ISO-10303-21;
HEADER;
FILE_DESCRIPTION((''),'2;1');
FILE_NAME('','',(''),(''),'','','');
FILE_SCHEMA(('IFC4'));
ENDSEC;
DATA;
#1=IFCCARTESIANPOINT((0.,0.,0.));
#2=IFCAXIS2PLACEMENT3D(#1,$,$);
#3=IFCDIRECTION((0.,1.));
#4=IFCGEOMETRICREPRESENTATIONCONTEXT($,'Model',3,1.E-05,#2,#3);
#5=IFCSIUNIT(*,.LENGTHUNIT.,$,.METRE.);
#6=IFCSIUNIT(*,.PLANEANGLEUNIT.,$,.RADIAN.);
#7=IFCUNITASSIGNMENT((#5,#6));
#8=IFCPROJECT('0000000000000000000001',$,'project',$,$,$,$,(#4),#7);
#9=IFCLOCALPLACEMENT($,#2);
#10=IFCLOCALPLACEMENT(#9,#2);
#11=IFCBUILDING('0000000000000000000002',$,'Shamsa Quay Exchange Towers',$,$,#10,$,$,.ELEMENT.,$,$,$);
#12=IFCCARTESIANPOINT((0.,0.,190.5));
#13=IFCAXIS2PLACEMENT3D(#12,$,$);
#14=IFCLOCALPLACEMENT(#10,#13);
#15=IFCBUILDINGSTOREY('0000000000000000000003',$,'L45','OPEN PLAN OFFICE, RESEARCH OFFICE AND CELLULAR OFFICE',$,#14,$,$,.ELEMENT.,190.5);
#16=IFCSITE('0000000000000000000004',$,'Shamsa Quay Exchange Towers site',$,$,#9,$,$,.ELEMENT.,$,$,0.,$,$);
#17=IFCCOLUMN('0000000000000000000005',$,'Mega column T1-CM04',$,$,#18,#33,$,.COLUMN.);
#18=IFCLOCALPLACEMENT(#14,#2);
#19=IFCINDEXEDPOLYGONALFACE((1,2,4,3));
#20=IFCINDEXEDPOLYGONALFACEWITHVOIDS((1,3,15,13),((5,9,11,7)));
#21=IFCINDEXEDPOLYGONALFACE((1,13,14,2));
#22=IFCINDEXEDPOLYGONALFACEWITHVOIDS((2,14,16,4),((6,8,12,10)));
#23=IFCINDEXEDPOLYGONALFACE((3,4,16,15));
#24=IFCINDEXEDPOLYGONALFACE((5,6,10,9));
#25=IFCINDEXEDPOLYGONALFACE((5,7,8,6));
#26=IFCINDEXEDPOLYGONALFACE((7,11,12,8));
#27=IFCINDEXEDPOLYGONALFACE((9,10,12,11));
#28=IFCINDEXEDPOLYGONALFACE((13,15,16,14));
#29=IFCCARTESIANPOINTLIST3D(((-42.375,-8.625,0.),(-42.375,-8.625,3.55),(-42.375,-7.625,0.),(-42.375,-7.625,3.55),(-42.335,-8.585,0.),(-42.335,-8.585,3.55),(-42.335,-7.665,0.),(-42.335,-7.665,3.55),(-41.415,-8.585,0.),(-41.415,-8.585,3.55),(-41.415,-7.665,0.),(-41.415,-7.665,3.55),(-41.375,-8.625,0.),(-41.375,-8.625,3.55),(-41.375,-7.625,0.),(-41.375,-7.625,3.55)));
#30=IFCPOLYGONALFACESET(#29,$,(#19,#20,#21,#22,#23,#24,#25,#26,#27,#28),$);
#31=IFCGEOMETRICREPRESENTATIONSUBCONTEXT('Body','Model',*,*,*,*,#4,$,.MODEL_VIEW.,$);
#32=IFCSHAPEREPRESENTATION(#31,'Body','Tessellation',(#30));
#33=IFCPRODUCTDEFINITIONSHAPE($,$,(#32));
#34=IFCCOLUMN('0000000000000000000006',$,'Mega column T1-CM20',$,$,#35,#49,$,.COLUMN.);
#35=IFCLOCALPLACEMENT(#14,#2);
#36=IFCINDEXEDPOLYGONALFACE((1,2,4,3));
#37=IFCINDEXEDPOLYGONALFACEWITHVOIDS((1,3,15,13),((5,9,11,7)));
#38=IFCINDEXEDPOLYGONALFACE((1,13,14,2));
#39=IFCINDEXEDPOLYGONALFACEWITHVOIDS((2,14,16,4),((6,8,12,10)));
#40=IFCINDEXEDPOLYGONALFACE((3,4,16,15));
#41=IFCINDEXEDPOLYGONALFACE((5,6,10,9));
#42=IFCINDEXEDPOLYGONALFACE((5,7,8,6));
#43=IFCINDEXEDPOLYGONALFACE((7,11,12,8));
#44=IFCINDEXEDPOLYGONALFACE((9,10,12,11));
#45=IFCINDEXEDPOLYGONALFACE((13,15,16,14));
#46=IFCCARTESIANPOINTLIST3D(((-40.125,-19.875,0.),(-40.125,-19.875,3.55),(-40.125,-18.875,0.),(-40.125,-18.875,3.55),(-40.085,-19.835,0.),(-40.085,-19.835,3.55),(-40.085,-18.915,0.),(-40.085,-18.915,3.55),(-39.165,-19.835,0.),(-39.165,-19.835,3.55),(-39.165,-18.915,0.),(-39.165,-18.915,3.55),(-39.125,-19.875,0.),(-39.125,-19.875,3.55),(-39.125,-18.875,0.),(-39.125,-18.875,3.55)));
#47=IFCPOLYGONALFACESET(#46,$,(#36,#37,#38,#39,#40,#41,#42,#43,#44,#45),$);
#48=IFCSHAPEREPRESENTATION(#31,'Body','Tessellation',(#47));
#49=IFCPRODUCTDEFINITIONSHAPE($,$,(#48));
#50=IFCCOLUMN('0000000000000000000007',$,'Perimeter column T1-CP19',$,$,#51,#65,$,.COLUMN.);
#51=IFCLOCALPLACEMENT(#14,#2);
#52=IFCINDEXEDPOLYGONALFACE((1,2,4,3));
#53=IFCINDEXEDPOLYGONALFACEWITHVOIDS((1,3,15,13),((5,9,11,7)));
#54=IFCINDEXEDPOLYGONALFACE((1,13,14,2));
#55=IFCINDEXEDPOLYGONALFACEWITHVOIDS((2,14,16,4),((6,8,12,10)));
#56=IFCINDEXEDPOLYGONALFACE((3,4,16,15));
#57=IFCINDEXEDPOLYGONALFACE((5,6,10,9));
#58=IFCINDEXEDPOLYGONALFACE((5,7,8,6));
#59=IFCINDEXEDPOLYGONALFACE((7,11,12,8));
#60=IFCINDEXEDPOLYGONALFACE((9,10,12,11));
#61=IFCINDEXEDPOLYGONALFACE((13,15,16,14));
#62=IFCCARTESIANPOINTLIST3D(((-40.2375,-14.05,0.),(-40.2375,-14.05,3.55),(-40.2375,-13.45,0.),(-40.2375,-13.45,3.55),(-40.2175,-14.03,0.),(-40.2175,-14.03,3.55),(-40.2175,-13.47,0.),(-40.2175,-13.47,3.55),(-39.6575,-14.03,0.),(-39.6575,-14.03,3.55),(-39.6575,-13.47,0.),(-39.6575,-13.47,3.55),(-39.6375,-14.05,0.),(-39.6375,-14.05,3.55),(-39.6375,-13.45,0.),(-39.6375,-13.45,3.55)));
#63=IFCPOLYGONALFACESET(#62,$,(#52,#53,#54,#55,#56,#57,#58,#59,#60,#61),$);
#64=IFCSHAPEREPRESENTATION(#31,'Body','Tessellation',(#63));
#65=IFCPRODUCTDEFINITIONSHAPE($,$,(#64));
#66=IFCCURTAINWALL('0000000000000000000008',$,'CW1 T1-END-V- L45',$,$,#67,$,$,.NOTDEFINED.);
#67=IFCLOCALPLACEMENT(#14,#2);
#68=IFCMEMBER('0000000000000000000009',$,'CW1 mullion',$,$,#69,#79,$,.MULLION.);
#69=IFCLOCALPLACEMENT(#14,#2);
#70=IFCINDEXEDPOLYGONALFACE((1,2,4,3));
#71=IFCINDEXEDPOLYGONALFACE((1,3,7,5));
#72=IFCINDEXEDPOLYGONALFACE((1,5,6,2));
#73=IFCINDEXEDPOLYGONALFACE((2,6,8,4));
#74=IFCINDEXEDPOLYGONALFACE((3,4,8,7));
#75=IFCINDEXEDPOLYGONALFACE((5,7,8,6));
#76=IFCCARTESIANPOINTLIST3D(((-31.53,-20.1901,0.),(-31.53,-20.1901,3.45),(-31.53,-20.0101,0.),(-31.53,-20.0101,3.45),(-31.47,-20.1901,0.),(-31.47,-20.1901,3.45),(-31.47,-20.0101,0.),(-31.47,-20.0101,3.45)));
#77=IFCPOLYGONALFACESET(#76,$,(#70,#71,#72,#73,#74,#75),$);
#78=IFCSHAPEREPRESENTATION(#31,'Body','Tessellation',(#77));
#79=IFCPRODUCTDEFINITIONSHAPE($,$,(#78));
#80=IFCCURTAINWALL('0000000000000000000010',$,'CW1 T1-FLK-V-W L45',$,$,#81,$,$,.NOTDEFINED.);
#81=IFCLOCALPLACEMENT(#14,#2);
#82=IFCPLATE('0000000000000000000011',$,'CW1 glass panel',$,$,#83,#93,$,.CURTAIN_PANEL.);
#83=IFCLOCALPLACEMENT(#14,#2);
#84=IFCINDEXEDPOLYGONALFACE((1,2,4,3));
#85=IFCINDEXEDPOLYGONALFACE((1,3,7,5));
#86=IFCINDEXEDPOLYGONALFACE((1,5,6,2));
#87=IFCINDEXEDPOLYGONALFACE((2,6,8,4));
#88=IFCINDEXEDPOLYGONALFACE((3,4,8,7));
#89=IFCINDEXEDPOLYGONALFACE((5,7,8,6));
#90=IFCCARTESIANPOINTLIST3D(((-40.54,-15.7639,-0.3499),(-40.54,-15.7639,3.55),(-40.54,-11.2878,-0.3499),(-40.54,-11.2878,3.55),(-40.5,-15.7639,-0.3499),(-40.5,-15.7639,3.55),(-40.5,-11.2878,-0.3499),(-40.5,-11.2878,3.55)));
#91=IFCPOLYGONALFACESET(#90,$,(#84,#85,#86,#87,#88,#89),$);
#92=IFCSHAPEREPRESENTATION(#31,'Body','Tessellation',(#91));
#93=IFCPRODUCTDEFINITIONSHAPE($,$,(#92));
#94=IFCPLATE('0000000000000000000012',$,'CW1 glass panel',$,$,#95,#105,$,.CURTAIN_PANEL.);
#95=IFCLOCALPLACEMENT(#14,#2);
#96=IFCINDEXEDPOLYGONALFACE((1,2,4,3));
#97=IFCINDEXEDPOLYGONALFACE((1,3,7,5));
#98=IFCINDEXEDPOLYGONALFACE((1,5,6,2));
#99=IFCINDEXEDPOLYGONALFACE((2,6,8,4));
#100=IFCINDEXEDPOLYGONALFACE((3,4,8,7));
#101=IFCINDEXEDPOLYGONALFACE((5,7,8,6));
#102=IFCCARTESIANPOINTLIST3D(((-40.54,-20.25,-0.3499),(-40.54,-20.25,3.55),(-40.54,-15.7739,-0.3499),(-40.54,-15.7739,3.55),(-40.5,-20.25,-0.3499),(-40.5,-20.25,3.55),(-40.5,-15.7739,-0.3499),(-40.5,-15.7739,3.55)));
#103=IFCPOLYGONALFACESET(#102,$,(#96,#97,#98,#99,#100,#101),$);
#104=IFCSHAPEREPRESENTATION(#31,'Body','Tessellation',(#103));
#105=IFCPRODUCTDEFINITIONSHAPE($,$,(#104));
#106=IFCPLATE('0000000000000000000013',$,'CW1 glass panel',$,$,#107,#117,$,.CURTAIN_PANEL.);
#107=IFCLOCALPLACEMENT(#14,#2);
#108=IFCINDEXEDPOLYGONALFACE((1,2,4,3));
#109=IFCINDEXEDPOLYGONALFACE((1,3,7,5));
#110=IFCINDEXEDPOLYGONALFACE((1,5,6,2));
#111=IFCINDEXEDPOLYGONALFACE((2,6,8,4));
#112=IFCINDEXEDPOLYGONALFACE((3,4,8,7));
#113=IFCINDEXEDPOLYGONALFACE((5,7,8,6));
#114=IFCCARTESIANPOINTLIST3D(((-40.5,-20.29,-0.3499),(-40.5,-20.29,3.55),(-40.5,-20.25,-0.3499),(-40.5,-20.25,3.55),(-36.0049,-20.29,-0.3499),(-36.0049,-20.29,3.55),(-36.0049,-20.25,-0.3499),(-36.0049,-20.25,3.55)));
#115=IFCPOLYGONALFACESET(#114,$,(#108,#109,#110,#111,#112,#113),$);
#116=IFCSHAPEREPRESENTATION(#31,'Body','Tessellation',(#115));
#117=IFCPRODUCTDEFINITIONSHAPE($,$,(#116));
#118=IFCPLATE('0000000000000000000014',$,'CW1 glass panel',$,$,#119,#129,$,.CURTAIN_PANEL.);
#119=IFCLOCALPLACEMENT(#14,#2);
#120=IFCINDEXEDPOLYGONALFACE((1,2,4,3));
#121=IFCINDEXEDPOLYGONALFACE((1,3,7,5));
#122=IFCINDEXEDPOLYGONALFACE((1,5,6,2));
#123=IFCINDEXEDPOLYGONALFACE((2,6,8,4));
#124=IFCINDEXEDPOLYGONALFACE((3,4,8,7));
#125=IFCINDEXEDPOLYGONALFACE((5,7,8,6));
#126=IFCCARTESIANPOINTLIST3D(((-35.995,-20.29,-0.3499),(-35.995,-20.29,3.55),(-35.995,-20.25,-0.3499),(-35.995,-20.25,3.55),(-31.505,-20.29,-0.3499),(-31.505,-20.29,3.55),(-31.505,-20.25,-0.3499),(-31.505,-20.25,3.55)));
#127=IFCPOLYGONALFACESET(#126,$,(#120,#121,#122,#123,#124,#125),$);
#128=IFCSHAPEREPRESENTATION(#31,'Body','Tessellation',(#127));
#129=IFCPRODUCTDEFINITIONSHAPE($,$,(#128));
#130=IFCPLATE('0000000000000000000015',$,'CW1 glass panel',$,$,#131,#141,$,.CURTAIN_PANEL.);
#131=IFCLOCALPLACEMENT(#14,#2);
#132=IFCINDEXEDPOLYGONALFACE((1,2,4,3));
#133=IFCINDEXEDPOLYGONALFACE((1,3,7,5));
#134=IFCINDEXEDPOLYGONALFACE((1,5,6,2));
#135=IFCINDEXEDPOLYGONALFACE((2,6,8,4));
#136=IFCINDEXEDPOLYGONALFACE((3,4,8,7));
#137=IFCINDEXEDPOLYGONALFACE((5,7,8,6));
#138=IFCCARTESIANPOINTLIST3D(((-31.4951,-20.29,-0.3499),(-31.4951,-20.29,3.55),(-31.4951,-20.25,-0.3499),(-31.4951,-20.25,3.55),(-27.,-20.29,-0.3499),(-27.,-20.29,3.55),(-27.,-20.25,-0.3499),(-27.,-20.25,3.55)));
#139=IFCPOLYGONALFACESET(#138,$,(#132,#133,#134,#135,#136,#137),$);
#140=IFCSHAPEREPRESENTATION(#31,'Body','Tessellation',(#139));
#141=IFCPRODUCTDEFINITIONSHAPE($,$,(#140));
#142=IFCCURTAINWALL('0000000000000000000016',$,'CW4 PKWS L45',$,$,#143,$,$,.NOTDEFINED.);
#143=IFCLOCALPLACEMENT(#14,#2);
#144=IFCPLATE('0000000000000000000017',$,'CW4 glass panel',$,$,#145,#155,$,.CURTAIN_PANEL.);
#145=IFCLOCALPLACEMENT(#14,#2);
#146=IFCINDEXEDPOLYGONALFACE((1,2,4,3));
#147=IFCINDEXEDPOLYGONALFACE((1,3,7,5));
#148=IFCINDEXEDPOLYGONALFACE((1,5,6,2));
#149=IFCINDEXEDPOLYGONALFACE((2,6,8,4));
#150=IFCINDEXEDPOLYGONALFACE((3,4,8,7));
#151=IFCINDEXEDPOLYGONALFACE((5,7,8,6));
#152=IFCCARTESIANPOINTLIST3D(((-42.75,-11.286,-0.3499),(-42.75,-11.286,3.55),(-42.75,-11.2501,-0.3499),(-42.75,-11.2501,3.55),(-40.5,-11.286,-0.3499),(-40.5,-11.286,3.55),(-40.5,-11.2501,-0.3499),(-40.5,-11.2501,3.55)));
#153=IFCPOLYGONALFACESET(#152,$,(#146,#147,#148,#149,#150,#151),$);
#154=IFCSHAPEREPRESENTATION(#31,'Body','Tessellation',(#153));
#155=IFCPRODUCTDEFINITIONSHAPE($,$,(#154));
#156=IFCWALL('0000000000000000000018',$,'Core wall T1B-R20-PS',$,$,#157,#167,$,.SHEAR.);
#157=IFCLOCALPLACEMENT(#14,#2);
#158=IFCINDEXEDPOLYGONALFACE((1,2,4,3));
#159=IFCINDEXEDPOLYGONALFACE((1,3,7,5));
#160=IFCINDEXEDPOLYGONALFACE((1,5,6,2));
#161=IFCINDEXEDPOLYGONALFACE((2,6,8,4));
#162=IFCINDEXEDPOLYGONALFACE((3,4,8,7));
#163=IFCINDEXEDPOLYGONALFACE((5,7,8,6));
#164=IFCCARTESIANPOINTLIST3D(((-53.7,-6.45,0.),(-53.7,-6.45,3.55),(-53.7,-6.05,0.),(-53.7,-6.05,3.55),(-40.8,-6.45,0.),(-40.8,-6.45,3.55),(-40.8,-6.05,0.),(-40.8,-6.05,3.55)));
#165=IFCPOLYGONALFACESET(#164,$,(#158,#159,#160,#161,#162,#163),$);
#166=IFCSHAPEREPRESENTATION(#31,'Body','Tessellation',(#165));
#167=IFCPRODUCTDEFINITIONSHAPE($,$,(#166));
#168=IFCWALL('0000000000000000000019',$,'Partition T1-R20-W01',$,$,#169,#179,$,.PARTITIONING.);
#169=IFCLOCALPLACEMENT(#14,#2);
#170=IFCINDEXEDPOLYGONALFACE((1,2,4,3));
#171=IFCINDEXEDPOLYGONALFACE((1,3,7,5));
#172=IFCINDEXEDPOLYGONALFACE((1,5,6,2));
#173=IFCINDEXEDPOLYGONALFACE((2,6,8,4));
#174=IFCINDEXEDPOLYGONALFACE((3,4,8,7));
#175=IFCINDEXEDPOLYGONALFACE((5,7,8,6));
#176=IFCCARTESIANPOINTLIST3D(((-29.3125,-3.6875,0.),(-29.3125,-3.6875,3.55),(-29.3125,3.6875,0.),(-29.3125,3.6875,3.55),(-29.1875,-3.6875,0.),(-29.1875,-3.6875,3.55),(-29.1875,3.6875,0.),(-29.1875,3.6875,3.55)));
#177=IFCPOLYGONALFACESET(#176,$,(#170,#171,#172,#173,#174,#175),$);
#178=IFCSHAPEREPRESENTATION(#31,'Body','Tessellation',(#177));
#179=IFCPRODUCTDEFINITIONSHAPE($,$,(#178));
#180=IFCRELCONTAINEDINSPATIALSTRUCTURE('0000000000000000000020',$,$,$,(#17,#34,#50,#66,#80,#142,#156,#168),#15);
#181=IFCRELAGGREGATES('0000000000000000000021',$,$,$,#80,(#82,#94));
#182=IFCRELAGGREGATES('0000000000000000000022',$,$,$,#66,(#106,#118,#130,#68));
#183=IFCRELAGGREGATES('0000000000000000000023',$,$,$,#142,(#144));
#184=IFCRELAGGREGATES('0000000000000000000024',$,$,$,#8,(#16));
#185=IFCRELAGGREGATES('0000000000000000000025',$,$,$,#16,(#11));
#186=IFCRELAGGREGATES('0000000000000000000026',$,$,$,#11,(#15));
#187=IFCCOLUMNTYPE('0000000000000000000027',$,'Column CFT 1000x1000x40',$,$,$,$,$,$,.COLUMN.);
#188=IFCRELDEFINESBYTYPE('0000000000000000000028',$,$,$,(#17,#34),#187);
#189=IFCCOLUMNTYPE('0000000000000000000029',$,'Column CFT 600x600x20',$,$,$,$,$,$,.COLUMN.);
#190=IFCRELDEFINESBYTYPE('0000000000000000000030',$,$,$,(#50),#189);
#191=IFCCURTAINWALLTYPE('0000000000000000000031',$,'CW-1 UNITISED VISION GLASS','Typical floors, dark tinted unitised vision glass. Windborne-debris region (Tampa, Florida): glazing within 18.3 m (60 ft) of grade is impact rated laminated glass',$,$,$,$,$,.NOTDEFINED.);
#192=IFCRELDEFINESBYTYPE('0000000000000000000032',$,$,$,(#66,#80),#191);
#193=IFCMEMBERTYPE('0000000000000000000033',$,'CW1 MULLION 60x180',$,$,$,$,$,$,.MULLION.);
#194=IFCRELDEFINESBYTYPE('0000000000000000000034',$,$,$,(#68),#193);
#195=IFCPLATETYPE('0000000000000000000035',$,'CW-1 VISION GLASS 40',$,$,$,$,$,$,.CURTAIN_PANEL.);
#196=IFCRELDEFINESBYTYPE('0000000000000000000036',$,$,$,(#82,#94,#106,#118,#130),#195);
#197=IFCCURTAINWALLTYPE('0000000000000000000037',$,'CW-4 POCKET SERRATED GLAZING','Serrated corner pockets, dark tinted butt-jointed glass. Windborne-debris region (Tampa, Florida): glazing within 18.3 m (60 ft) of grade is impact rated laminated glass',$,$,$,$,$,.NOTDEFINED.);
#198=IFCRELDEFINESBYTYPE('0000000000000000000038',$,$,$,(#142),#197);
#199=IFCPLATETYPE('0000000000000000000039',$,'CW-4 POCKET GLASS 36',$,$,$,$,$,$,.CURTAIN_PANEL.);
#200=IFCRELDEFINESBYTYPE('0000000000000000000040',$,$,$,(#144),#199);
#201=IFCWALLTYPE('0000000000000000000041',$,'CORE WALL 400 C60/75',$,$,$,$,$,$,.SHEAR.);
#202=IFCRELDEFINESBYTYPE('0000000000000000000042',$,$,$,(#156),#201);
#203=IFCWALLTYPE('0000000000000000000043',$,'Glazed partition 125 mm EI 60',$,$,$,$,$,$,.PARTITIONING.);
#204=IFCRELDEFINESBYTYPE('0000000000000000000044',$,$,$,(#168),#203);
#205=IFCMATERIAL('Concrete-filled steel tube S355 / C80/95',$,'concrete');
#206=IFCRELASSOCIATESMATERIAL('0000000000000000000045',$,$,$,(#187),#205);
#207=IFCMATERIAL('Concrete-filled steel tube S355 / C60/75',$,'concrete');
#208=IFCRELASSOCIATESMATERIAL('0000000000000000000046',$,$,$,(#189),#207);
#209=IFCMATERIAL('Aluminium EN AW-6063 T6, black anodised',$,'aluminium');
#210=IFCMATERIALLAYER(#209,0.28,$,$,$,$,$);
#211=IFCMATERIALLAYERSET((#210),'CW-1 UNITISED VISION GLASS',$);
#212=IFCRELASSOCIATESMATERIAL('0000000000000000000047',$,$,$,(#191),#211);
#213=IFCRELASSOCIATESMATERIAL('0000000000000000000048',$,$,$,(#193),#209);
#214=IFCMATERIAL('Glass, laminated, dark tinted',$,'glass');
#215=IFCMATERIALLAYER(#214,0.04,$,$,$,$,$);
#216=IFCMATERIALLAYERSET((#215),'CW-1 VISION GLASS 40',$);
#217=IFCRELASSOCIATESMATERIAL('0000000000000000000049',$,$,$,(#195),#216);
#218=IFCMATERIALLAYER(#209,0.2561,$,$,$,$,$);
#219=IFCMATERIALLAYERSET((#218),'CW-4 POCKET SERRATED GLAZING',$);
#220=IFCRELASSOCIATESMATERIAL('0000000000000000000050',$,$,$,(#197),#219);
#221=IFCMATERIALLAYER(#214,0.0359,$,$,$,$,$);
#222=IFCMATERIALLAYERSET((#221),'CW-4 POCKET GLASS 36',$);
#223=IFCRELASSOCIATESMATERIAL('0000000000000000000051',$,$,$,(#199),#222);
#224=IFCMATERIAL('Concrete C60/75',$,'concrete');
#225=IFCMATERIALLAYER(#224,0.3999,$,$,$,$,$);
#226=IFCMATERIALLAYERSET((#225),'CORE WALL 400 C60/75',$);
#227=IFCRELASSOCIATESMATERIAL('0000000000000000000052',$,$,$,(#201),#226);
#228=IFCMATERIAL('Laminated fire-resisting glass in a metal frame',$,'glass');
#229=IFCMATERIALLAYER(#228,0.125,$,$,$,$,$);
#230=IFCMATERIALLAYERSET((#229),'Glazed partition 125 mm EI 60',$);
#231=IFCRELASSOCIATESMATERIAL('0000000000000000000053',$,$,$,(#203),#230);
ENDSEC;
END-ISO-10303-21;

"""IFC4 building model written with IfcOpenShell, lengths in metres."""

from ifc_helpers import new_model, si_unit, direction, frame, frame_2d, origin, origin_2d, place, context, subcontext, project, spatial, rectangle, hollow_rectangle, extrude, material, layer, layer_set, material_profile, profile_set, type_object, element, aggregate, save


model = new_model("IFC4")

# Units and contexts
model_context = context("Model", 3, precision=1e-05, world=origin(), true_north=direction((0.0, 1.0)))
body_context = subcontext(model_context, "Body", "Model", "MODEL_VIEW")
ifc_project = project(units=[si_unit("LENGTHUNIT", "METRE"), si_unit("PLANEANGLEUNIT", "RADIAN")], contexts=[model_context])

# Site, building, storey
site_placement = place(None, origin())
site = spatial("IfcSite", under=ifc_project, at=site_placement, Name="Shamsa Quay Exchange Towers site", CompositionType="ELEMENT", RefElevation=0.0)
building_placement = place(site_placement, origin())
building = spatial("IfcBuilding", under=site, at=building_placement, Name="Shamsa Quay Exchange Towers", CompositionType="ELEMENT")
storey_placement = place(building_placement, frame((0.0, 0.0, 190.5)))
storey = spatial("IfcBuildingStorey", under=building, at=storey_placement, Name="L45", Description="OPEN PLAN OFFICE, RESEARCH OFFICE AND CELLULAR OFFICE", CompositionType="ELEMENT", Elevation=190.5)

# Columns
ifc_material_1 = material(Name="Concrete-filled steel tube S355 / C80/95", Category="concrete")
ifc_material_profile_1 = material_profile(ifc_material_1, hollow_rectangle(XDim=1.0, YDim=1.0, WallThickness=0.04, at=origin_2d()), Name="CFT 1000x1000x40")
ifc_profile_set_1 = profile_set([ifc_material_profile_1], Name="Concrete-filled steel tube S355 / C80/95")
column_type_1 = type_object("IfcColumnType", Name="Column CFT 1000x1000x40", PredefinedType="COLUMN", material=ifc_profile_set_1)
for number, where, name in (
    (1, (-41.875, -8.125, 0.0), "Mega column T1-CM04"),
    (2, (-39.625, -19.375, 0.0), "Mega column T1-CM20"),
):
    element("IfcColumn", number, at=place(storey_placement, frame(where)), inside=storey, type_object=column_type_1, Name=name, PredefinedType="COLUMN", context=body_context, shape_type="SweptSolid", body=[
        extrude(hollow_rectangle(XDim=1.0, YDim=1.0, WallThickness=0.04, at=origin_2d()), origin(), (0.0, 0.0, 1.0), 3.55),
    ])
ifc_material_2 = material(Name="Concrete-filled steel tube S355 / C60/75", Category="concrete")
ifc_material_profile_2 = material_profile(ifc_material_2, hollow_rectangle(XDim=0.6001, YDim=0.6001, WallThickness=0.02, at=origin_2d()), Name="CFT 600x600x20")
ifc_profile_set_2 = profile_set([ifc_material_profile_2], Name="Concrete-filled steel tube S355 / C60/75")
column_type_2 = type_object("IfcColumnType", Name="Column CFT 600x600x20", PredefinedType="COLUMN", material=ifc_profile_set_2)
column_placement = place(storey_placement, frame((-39.9375, -13.75, 0.0)))
element("IfcColumn", 3, at=column_placement, inside=storey, type_object=column_type_2, Name="Perimeter column T1-CP19", PredefinedType="COLUMN", context=body_context, shape_type="SweptSolid", body=[
    extrude(hollow_rectangle(XDim=0.6001, YDim=0.6001, WallThickness=0.02, at=origin_2d()), origin(), (0.0, 0.0, 1.0), 3.55),
])

# Curtain wall, member
ifc_material_3 = material(Name="Aluminium EN AW-6063 T6, black anodised", Category="aluminium")
ifc_layer_1 = layer(ifc_material_3, 0.28)
ifc_layer_set_1 = layer_set([ifc_layer_1], Name="CW-1 UNITISED VISION GLASS")
curtain_wall_type_1 = type_object("IfcCurtainWallType", Name="CW-1 UNITISED VISION GLASS", Description="Typical floors, dark tinted unitised vision glass. Windborne-debris region (Tampa, Florida): glazing within 18.3 m (60 ft) of grade is impact rated laminated glass", PredefinedType="NOTDEFINED", material=ifc_layer_set_1)
curtain_wall_1_placement = place(storey_placement, origin())
curtain_wall_1 = element("IfcCurtainWall", 4, at=curtain_wall_1_placement, inside=storey, type_object=curtain_wall_type_1, Name="CW1 T1-END-V- L45", PredefinedType="NOTDEFINED")
ifc_material_profile_3 = material_profile(ifc_material_3, rectangle(XDim=0.1799, YDim=0.0601, at=origin_2d()), Name="MU60x180")
ifc_profile_set_3 = profile_set([ifc_material_profile_3], Name="Aluminium EN AW-6063 T6, black anodised")
member_type = type_object("IfcMemberType", Name="CW1 MULLION 60x180", PredefinedType="MULLION", material=ifc_profile_set_3)
member_placement = place(storey_placement, frame((-31.5, -20.1001, 0.0), z_axis=(0.0, 0.0, 1.0), x_axis=(0.0, 1.0, 0.0)))
member = element("IfcMember", 5, at=member_placement, type_object=member_type, Name="CW1 mullion", PredefinedType="MULLION", context=body_context, shape_type="SweptSolid", body=[
    extrude(rectangle(XDim=0.1799, YDim=0.0601, at=origin_2d()), origin(), (0.0, 0.0, 1.0), 3.45),
])

# Curtain wall, plates
curtain_wall_2_placement = place(storey_placement, origin())
curtain_wall_2 = element("IfcCurtainWall", 6, at=curtain_wall_2_placement, inside=storey, type_object=curtain_wall_type_1, Name="CW1 T1-FLK-V-W L45", PredefinedType="NOTDEFINED")
ifc_material_4 = material(Name="Glass, laminated, dark tinted", Category="glass")
ifc_layer_2 = layer(ifc_material_4, 0.04)
ifc_layer_set_2 = layer_set([ifc_layer_2], Name="CW-1 VISION GLASS 40")
plate_type_1 = type_object("IfcPlateType", Name="CW-1 VISION GLASS 40", PredefinedType="CURTAIN_PANEL", material=ifc_layer_set_2)
plate_1_placement = place(storey_placement, frame((-40.52, -13.5259, -0.3499), z_axis=(0.0, 0.0, 1.0), x_axis=(0.0, -1.0, 0.0)))
plate_1 = element("IfcPlate", 7, at=plate_1_placement, type_object=plate_type_1, Name="CW1 glass panel", PredefinedType="CURTAIN_PANEL", context=body_context, shape_type="SweptSolid", body=[
    extrude(rectangle(XDim=4.4761, YDim=0.04, at=origin_2d()), origin(), (0.0, 0.0, 1.0), 3.8999),
])
plate_2_placement = place(storey_placement, frame((-40.52, -18.012, -0.3499), z_axis=(0.0, 0.0, 1.0), x_axis=(0.0, -1.0, 0.0)))
plate_2 = element("IfcPlate", 8, at=plate_2_placement, type_object=plate_type_1, Name="CW1 glass panel", PredefinedType="CURTAIN_PANEL", context=body_context, shape_type="SweptSolid", body=[
    extrude(rectangle(XDim=4.4761, YDim=0.04, at=origin_2d()), origin(), (0.0, 0.0, 1.0), 3.8999),
])
aggregate(curtain_wall_2, [plate_1, plate_2])

# Plates
plate_3_placement = place(storey_placement, frame((-38.2524, -20.27, -0.3499)))
plate_3 = element("IfcPlate", 9, at=plate_3_placement, type_object=plate_type_1, Name="CW1 glass panel", PredefinedType="CURTAIN_PANEL", context=body_context, shape_type="SweptSolid", body=[
    extrude(rectangle(XDim=4.4951, YDim=0.04, at=origin_2d()), origin(), (0.0, 0.0, 1.0), 3.8999),
])
plate_4_placement = place(storey_placement, frame((-33.75, -20.27, -0.3499)))
plate_4 = element("IfcPlate", 10, at=plate_4_placement, type_object=plate_type_1, Name="CW1 glass panel", PredefinedType="CURTAIN_PANEL", context=body_context, shape_type="SweptSolid", body=[
    extrude(rectangle(XDim=4.49, YDim=0.04, at=origin_2d()), origin(), (0.0, 0.0, 1.0), 3.8999),
])
plate_5_placement = place(storey_placement, frame((-29.2476, -20.27, -0.3499)))
plate_5 = element("IfcPlate", 11, at=plate_5_placement, type_object=plate_type_1, Name="CW1 glass panel", PredefinedType="CURTAIN_PANEL", context=body_context, shape_type="SweptSolid", body=[
    extrude(rectangle(XDim=4.4951, YDim=0.04, at=origin_2d()), origin(), (0.0, 0.0, 1.0), 3.8999),
])
aggregate(curtain_wall_1, [plate_3, plate_4, plate_5, member])

# Curtain wall, plate
ifc_layer_3 = layer(ifc_material_3, 0.2561)
ifc_layer_set_3 = layer_set([ifc_layer_3], Name="CW-4 POCKET SERRATED GLAZING")
curtain_wall_type_2 = type_object("IfcCurtainWallType", Name="CW-4 POCKET SERRATED GLAZING", Description="Serrated corner pockets, dark tinted butt-jointed glass. Windborne-debris region (Tampa, Florida): glazing within 18.3 m (60 ft) of grade is impact rated laminated glass", PredefinedType="NOTDEFINED", material=ifc_layer_set_3)
curtain_wall_3_placement = place(storey_placement, origin())
curtain_wall_3 = element("IfcCurtainWall", 12, at=curtain_wall_3_placement, inside=storey, type_object=curtain_wall_type_2, Name="CW4 PKWS L45", PredefinedType="NOTDEFINED")
ifc_layer_4 = layer(ifc_material_4, 0.0359)
ifc_layer_set_4 = layer_set([ifc_layer_4], Name="CW-4 POCKET GLASS 36")
plate_type_2 = type_object("IfcPlateType", Name="CW-4 POCKET GLASS 36", PredefinedType="CURTAIN_PANEL", material=ifc_layer_set_4)
plate_6_placement = place(storey_placement, frame((-41.625, -11.2681, -0.3499)))
plate_6 = element("IfcPlate", 13, at=plate_6_placement, type_object=plate_type_2, Name="CW4 glass panel", PredefinedType="CURTAIN_PANEL", context=body_context, shape_type="SweptSolid", body=[
    extrude(rectangle(XDim=2.25, YDim=0.0359, at=origin_2d()), origin(), (0.0, 0.0, 1.0), 3.8999),
])
aggregate(curtain_wall_3, [plate_6])

# Wall
ifc_material_5 = material(Name="Concrete C60/75", Category="concrete")
ifc_layer_5 = layer(ifc_material_5, 0.3999)
ifc_layer_set_5 = layer_set([ifc_layer_5], Name="CORE WALL 400 C60/75")
wall_type_1 = type_object("IfcWallType", Name="CORE WALL 400 C60/75", PredefinedType="SHEAR", material=ifc_layer_set_5)
wall_1_placement = place(storey_placement, frame((-40.8, -6.25, 0.0), z_axis=(0.0, 0.0, 1.0), x_axis=(-1.0, 0.0, 0.0)))
element("IfcWall", 14, at=wall_1_placement, inside=storey, type_object=wall_type_1, Name="Core wall T1B-R20-PS", PredefinedType="SHEAR", context=body_context, shape_type="SweptSolid", body=[
    extrude(rectangle(XDim=12.8999, YDim=0.3999, at=frame_2d((6.45, 0.0))), origin(), (0.0, 0.0, 1.0), 3.55),
])

# Wall
ifc_material_6 = material(Name="Laminated fire-resisting glass in a metal frame", Category="glass")
ifc_layer_6 = layer(ifc_material_6, 0.125)
ifc_layer_set_6 = layer_set([ifc_layer_6], Name="Glazed partition 125 mm EI 60")
wall_type_2 = type_object("IfcWallType", Name="Glazed partition 125 mm EI 60", PredefinedType="PARTITIONING", material=ifc_layer_set_6)
wall_2_placement = place(storey_placement, frame((-29.25, -3.6875, 0.0), z_axis=(0.0, 0.0, 1.0), x_axis=(0.0, 1.0, 0.0)))
element("IfcWall", 15, at=wall_2_placement, inside=storey, type_object=wall_type_2, Name="Partition T1-R20-W01", PredefinedType="PARTITIONING", context=body_context, shape_type="SweptSolid", body=[
    extrude(rectangle(XDim=7.375, YDim=0.125, at=frame_2d((3.6875, 0.0))), origin(), (0.0, 0.0, 1.0), 3.55),
])

save(model, "model.ifc")
